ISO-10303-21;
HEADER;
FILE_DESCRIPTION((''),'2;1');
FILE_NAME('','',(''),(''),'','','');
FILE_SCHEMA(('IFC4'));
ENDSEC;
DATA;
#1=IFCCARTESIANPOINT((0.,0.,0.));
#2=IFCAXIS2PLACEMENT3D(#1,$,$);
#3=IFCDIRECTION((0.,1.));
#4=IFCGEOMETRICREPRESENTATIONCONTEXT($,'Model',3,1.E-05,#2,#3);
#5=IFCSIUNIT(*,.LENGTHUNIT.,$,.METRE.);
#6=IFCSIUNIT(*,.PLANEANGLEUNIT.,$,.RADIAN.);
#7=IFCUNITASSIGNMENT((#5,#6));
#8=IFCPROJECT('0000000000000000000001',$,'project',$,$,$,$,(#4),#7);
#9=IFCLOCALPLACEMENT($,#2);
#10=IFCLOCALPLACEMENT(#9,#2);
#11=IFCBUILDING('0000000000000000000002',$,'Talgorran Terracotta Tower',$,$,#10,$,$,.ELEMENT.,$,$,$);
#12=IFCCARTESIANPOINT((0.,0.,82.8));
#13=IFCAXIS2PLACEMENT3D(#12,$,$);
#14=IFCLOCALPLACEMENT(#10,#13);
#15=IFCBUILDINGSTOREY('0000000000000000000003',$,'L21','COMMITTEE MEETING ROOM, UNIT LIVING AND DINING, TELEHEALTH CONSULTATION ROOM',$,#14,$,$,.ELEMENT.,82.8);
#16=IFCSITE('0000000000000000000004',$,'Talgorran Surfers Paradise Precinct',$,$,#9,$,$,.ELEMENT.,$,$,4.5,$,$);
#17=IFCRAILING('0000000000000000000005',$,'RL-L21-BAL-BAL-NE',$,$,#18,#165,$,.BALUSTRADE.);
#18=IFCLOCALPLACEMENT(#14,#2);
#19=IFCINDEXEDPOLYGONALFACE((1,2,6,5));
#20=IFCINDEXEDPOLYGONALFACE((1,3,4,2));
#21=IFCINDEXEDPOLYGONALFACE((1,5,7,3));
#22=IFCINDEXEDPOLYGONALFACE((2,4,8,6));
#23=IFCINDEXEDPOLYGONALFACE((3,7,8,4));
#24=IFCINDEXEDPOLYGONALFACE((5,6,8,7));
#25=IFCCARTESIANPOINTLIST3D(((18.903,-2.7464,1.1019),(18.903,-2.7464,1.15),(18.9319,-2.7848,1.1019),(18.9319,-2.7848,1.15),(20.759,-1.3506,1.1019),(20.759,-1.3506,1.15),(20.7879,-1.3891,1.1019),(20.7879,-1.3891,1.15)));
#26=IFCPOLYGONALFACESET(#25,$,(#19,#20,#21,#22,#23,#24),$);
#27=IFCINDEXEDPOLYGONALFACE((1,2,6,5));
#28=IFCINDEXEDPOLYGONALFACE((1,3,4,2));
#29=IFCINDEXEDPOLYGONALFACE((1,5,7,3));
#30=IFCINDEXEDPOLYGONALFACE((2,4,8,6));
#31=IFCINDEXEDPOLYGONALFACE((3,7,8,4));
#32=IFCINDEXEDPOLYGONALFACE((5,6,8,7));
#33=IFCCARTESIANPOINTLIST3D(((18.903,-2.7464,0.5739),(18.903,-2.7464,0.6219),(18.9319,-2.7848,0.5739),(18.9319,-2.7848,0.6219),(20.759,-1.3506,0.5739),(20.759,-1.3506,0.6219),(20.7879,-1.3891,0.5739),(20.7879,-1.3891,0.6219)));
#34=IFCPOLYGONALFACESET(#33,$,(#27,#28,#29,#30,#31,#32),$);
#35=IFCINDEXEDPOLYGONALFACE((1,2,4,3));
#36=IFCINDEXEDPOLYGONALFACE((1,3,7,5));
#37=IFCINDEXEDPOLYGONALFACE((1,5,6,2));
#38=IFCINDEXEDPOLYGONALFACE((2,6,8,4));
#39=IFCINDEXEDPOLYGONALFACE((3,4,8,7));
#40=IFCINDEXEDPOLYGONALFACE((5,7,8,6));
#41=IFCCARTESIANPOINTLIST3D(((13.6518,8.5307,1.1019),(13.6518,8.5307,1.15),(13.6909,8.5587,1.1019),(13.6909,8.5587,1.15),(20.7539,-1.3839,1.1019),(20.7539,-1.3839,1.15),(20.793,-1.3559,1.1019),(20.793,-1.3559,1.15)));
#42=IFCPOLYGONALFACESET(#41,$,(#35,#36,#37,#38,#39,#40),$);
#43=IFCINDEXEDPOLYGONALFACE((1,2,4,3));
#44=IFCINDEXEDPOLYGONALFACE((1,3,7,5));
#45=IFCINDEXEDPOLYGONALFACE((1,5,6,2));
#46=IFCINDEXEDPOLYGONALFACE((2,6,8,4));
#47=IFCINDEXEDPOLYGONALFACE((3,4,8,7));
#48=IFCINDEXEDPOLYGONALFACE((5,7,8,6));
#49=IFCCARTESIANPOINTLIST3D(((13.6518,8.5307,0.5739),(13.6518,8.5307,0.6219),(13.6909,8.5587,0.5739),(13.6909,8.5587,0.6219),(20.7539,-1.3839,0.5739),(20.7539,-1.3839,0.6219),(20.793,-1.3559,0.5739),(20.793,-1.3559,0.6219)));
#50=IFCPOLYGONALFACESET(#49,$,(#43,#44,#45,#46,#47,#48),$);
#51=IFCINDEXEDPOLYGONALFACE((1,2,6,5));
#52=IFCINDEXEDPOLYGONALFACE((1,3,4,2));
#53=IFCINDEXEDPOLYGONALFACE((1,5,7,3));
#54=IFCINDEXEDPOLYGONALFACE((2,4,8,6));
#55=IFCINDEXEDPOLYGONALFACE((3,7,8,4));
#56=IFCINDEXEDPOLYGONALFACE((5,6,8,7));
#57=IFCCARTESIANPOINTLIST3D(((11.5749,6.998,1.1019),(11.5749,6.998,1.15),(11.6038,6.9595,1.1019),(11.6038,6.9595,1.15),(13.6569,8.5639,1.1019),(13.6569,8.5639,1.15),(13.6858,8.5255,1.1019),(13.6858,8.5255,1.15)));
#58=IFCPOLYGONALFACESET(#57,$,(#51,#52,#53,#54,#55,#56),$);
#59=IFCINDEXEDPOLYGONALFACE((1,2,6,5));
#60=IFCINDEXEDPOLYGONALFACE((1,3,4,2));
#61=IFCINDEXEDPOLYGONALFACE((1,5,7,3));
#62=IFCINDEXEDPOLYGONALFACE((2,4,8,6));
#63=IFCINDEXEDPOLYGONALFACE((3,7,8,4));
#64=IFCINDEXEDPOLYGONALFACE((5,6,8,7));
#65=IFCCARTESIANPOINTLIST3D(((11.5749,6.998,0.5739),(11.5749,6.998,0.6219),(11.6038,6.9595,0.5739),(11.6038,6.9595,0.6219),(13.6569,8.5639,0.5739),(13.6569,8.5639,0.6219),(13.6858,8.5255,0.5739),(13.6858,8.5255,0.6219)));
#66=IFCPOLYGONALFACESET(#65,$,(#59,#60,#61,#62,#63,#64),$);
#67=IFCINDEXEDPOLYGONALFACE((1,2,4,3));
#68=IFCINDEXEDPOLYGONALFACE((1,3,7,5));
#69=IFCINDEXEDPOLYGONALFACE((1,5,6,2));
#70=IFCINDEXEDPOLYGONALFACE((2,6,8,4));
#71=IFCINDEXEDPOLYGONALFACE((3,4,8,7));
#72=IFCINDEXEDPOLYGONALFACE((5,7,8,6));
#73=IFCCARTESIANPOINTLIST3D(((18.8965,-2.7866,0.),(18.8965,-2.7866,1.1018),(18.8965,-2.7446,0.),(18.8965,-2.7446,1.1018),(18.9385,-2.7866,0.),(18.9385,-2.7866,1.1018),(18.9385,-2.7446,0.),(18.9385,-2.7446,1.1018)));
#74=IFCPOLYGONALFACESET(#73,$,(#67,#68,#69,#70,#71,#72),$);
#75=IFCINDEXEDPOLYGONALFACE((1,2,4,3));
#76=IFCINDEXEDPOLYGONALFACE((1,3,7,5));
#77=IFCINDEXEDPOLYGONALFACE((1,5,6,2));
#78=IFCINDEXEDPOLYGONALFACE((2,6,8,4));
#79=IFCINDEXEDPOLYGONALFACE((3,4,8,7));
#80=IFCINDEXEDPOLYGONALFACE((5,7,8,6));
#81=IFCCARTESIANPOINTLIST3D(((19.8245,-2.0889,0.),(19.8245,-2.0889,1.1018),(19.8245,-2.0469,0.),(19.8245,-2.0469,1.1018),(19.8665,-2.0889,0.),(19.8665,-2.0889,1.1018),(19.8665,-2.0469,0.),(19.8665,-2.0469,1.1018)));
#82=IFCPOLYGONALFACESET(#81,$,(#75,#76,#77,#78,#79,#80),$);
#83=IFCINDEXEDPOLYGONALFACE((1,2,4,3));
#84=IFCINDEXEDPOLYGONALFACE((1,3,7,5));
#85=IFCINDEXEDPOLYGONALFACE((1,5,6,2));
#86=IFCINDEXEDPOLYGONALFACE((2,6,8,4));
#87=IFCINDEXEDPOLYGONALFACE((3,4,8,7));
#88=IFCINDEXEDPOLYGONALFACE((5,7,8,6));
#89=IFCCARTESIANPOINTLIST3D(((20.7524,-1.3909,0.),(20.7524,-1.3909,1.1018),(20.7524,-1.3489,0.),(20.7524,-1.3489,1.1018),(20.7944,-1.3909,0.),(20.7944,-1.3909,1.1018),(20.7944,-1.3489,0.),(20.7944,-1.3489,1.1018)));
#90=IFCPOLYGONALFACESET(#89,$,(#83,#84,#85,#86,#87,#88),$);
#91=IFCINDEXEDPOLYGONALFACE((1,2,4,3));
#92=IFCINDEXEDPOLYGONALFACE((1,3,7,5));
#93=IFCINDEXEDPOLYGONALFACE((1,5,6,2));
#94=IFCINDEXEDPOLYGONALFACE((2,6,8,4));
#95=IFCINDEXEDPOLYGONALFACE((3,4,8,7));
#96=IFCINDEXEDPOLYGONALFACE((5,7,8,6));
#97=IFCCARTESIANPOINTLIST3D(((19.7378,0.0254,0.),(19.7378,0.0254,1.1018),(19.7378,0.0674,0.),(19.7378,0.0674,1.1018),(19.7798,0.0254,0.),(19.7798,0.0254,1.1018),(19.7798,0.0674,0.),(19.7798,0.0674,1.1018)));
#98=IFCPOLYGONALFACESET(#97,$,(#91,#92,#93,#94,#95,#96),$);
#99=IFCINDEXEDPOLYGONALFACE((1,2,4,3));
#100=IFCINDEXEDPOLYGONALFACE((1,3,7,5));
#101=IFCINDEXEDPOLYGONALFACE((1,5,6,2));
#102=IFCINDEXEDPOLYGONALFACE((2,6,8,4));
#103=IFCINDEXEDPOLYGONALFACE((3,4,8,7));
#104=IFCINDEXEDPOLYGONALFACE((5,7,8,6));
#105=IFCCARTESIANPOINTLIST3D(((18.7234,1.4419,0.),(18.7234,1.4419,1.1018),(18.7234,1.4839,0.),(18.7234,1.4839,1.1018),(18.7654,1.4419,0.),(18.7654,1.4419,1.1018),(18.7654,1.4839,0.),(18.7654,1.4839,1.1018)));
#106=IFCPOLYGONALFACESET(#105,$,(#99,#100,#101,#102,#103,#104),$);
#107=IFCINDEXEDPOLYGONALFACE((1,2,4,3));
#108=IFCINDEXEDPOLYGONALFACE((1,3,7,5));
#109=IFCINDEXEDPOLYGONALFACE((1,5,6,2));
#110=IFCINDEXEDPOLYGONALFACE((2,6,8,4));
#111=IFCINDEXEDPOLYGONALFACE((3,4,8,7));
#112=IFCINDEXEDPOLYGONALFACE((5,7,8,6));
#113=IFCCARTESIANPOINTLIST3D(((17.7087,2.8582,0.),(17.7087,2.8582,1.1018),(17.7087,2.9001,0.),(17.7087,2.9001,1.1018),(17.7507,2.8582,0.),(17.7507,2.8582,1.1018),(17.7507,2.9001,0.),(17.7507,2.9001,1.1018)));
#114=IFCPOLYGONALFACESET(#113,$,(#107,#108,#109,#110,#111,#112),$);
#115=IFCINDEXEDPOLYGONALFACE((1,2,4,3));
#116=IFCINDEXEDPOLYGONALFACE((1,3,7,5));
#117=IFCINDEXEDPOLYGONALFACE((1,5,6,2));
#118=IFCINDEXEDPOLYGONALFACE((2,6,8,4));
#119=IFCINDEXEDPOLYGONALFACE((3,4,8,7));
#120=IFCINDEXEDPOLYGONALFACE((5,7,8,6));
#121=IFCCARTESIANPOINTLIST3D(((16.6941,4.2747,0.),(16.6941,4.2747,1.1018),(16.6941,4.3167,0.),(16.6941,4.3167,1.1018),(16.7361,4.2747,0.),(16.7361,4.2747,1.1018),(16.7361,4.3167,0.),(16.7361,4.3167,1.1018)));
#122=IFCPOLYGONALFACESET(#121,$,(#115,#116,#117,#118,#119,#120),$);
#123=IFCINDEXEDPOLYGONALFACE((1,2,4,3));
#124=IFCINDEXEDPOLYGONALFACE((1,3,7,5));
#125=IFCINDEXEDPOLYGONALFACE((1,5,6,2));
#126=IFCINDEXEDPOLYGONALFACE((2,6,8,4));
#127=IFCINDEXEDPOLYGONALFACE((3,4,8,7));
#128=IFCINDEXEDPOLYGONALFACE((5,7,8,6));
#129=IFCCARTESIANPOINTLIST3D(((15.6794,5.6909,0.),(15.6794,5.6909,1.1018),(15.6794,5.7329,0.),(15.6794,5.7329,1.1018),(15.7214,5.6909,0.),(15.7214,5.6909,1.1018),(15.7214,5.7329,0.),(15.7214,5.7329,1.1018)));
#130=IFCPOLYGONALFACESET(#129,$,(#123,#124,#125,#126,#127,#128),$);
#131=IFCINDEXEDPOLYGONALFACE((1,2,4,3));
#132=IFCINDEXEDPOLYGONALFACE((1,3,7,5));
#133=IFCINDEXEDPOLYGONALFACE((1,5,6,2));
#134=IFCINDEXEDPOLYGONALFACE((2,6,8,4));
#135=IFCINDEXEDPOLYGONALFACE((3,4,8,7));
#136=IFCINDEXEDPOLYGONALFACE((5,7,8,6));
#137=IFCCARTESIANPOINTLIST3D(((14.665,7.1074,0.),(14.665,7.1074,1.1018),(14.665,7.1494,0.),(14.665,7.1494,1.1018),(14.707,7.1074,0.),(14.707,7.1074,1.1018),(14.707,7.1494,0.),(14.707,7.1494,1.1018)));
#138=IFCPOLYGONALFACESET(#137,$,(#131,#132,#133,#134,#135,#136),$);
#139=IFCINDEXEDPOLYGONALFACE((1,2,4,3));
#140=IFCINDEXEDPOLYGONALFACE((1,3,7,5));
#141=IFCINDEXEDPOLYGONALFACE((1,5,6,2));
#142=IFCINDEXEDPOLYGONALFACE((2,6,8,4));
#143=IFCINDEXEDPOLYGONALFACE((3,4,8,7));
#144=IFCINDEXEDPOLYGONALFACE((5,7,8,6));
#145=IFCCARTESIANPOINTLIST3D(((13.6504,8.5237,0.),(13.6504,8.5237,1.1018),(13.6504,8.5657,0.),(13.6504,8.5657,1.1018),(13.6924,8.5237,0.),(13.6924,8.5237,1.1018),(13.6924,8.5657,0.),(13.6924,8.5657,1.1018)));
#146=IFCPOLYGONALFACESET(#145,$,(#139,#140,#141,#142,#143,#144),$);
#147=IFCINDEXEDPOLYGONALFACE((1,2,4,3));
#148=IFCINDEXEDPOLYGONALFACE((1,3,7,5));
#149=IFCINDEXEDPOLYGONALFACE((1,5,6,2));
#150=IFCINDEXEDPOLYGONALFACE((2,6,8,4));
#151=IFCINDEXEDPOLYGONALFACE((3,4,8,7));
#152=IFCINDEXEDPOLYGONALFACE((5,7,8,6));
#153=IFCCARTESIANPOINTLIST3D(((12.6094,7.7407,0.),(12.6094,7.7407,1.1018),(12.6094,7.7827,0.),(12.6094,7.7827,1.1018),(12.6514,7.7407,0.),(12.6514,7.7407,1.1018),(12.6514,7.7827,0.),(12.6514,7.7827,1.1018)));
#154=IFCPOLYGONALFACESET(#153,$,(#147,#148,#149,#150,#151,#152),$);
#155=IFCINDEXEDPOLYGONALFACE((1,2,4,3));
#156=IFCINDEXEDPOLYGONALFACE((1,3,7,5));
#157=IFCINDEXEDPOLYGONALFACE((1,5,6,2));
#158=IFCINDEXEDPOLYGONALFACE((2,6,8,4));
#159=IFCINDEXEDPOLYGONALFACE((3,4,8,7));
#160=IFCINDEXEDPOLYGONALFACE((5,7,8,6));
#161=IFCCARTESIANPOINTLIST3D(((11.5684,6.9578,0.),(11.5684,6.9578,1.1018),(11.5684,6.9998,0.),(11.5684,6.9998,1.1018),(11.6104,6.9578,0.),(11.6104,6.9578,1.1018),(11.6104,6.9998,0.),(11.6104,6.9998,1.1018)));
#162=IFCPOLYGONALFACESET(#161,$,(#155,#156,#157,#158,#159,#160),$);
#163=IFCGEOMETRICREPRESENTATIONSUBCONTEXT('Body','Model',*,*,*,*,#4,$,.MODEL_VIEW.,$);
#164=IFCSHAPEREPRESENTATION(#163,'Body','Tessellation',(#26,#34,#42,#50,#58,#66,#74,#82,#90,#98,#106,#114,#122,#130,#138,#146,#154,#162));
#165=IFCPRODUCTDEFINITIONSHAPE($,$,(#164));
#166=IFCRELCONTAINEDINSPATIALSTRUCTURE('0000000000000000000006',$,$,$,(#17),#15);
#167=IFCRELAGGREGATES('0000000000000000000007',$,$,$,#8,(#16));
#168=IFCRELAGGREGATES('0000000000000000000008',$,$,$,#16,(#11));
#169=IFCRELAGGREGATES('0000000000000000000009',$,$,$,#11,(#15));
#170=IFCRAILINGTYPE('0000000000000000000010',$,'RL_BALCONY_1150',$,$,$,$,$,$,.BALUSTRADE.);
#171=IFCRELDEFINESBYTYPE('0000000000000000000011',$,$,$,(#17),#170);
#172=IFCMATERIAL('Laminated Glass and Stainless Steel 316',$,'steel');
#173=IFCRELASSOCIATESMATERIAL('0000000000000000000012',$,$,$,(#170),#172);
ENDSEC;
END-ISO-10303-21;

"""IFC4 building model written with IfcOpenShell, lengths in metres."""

from ifc_helpers import new_model, si_unit, direction, frame, origin, origin_2d, place, context, subcontext, project, spatial, rectangle, extrude, material, type_object, element, save


model = new_model("IFC4")

# Units and contexts
model_context = context("Model", 3, precision=1e-05, world=origin(), true_north=direction((0.0, 1.0)))
body_context = subcontext(model_context, "Body", "Model", "MODEL_VIEW")
ifc_project = project(units=[si_unit("LENGTHUNIT", "METRE"), si_unit("PLANEANGLEUNIT", "RADIAN")], contexts=[model_context])

# Site, building, storey
site_placement = place(None, origin())
site = spatial("IfcSite", under=ifc_project, at=site_placement, Name="Talgorran Surfers Paradise Precinct", CompositionType="ELEMENT", RefElevation=4.5)
building_placement = place(site_placement, origin())
building = spatial("IfcBuilding", under=site, at=building_placement, Name="Talgorran Terracotta Tower", CompositionType="ELEMENT")
storey_placement = place(building_placement, frame((0.0, 0.0, 82.8)))
storey = spatial("IfcBuildingStorey", under=building, at=storey_placement, Name="L21", Description="COMMITTEE MEETING ROOM, UNIT LIVING AND DINING, TELEHEALTH CONSULTATION ROOM", CompositionType="ELEMENT", Elevation=82.8)

# Railing
ifc_material_1 = material(Name="Laminated Glass and Stainless Steel 316", Category="steel")
railing_type = type_object("IfcRailingType", Name="RL_BALCONY_1150", PredefinedType="BALUSTRADE", material=ifc_material_1)
railing_placement = place(storey_placement, frame((18.9175, -2.7656, 0.0)))
element("IfcRailing", 1, at=railing_placement, inside=storey, type_object=railing_type, Name="RL-L21-BAL-BAL-NE", PredefinedType="BALUSTRADE", context=body_context, shape_type="SweptSolid", body=[
    extrude(rectangle(XDim=0.0481, YDim=0.0481, at=origin_2d()), frame((0.0, 0.0, 1.126), z_axis=(0.799217, 0.601042, 0.0), x_axis=(-0.601042, 0.799217, 0.0)), (0.0, 0.0, 1.0), 2.3223),
    extrude(rectangle(XDim=0.0481, YDim=0.0481, at=origin_2d()), frame((0.0, 0.0, 0.5979), z_axis=(0.799217, 0.601042, 0.0), x_axis=(-0.601042, 0.799217, 0.0)), (0.0, 0.0, 1.0), 2.3223),
    extrude(rectangle(XDim=0.0481, YDim=0.0481, at=origin_2d()), frame((1.856, 1.3958, 1.126), z_axis=(-0.582336, 0.812948, 0.0), x_axis=(-0.812948, -0.582336, 0.0)), (0.0, 0.0, 1.0), 12.1958),
    extrude(rectangle(XDim=0.0481, YDim=0.0481, at=origin_2d()), frame((1.856, 1.3958, 0.5979), z_axis=(-0.582336, 0.812948, 0.0), x_axis=(-0.812948, -0.582336, 0.0)), (0.0, 0.0, 1.0), 12.1958),
    extrude(rectangle(XDim=0.0481, YDim=0.0481, at=origin_2d()), frame((-5.2461, 11.3103, 1.126), z_axis=(-0.79919, -0.601079, 0.0), x_axis=(0.601079, -0.79919, 0.0)), (0.0, 0.0, 1.0), 2.6052),
    extrude(rectangle(XDim=0.0481, YDim=0.0481, at=origin_2d()), frame((-5.2461, 11.3103, 0.5979), z_axis=(-0.79919, -0.601079, 0.0), x_axis=(0.601079, -0.79919, 0.0)), (0.0, 0.0, 1.0), 2.6052),
    extrude(rectangle(XDim=0.042, YDim=0.042, at=origin_2d()), origin(), (0.0, 0.0, 1.0), 1.1018),
    extrude(rectangle(XDim=0.042, YDim=0.042, at=origin_2d()), frame((0.928, 0.6978, 0.0)), (0.0, 0.0, 1.0), 1.1018),
    extrude(rectangle(XDim=0.042, YDim=0.042, at=origin_2d()), frame((1.856, 1.3958, 0.0)), (0.0, 0.0, 1.0), 1.1018),
    extrude(rectangle(XDim=0.042, YDim=0.042, at=origin_2d()), frame((0.8413, 2.812, 0.0)), (0.0, 0.0, 1.0), 1.1018),
    extrude(rectangle(XDim=0.042, YDim=0.042, at=origin_2d()), frame((-0.1731, 4.2285, 0.0)), (0.0, 0.0, 1.0), 1.1018),
    extrude(rectangle(XDim=0.042, YDim=0.042, at=origin_2d()), frame((-1.1877, 5.6448, 0.0)), (0.0, 0.0, 1.0), 1.1018),
    extrude(rectangle(XDim=0.042, YDim=0.042, at=origin_2d()), frame((-2.2024, 7.0613, 0.0)), (0.0, 0.0, 1.0), 1.1018),
    extrude(rectangle(XDim=0.042, YDim=0.042, at=origin_2d()), frame((-3.217, 8.4775, 0.0)), (0.0, 0.0, 1.0), 1.1018),
    extrude(rectangle(XDim=0.042, YDim=0.042, at=origin_2d()), frame((-4.2314, 9.894, 0.0)), (0.0, 0.0, 1.0), 1.1018),
    extrude(rectangle(XDim=0.042, YDim=0.042, at=origin_2d()), frame((-5.2461, 11.3103, 0.0)), (0.0, 0.0, 1.0), 1.1018),
    extrude(rectangle(XDim=0.042, YDim=0.042, at=origin_2d()), frame((-6.2871, 10.5273, 0.0)), (0.0, 0.0, 1.0), 1.1018),
    extrude(rectangle(XDim=0.042, YDim=0.042, at=origin_2d()), frame((-7.3281, 9.7444, 0.0)), (0.0, 0.0, 1.0), 1.1018),
])

save(model, "model.ifc")
